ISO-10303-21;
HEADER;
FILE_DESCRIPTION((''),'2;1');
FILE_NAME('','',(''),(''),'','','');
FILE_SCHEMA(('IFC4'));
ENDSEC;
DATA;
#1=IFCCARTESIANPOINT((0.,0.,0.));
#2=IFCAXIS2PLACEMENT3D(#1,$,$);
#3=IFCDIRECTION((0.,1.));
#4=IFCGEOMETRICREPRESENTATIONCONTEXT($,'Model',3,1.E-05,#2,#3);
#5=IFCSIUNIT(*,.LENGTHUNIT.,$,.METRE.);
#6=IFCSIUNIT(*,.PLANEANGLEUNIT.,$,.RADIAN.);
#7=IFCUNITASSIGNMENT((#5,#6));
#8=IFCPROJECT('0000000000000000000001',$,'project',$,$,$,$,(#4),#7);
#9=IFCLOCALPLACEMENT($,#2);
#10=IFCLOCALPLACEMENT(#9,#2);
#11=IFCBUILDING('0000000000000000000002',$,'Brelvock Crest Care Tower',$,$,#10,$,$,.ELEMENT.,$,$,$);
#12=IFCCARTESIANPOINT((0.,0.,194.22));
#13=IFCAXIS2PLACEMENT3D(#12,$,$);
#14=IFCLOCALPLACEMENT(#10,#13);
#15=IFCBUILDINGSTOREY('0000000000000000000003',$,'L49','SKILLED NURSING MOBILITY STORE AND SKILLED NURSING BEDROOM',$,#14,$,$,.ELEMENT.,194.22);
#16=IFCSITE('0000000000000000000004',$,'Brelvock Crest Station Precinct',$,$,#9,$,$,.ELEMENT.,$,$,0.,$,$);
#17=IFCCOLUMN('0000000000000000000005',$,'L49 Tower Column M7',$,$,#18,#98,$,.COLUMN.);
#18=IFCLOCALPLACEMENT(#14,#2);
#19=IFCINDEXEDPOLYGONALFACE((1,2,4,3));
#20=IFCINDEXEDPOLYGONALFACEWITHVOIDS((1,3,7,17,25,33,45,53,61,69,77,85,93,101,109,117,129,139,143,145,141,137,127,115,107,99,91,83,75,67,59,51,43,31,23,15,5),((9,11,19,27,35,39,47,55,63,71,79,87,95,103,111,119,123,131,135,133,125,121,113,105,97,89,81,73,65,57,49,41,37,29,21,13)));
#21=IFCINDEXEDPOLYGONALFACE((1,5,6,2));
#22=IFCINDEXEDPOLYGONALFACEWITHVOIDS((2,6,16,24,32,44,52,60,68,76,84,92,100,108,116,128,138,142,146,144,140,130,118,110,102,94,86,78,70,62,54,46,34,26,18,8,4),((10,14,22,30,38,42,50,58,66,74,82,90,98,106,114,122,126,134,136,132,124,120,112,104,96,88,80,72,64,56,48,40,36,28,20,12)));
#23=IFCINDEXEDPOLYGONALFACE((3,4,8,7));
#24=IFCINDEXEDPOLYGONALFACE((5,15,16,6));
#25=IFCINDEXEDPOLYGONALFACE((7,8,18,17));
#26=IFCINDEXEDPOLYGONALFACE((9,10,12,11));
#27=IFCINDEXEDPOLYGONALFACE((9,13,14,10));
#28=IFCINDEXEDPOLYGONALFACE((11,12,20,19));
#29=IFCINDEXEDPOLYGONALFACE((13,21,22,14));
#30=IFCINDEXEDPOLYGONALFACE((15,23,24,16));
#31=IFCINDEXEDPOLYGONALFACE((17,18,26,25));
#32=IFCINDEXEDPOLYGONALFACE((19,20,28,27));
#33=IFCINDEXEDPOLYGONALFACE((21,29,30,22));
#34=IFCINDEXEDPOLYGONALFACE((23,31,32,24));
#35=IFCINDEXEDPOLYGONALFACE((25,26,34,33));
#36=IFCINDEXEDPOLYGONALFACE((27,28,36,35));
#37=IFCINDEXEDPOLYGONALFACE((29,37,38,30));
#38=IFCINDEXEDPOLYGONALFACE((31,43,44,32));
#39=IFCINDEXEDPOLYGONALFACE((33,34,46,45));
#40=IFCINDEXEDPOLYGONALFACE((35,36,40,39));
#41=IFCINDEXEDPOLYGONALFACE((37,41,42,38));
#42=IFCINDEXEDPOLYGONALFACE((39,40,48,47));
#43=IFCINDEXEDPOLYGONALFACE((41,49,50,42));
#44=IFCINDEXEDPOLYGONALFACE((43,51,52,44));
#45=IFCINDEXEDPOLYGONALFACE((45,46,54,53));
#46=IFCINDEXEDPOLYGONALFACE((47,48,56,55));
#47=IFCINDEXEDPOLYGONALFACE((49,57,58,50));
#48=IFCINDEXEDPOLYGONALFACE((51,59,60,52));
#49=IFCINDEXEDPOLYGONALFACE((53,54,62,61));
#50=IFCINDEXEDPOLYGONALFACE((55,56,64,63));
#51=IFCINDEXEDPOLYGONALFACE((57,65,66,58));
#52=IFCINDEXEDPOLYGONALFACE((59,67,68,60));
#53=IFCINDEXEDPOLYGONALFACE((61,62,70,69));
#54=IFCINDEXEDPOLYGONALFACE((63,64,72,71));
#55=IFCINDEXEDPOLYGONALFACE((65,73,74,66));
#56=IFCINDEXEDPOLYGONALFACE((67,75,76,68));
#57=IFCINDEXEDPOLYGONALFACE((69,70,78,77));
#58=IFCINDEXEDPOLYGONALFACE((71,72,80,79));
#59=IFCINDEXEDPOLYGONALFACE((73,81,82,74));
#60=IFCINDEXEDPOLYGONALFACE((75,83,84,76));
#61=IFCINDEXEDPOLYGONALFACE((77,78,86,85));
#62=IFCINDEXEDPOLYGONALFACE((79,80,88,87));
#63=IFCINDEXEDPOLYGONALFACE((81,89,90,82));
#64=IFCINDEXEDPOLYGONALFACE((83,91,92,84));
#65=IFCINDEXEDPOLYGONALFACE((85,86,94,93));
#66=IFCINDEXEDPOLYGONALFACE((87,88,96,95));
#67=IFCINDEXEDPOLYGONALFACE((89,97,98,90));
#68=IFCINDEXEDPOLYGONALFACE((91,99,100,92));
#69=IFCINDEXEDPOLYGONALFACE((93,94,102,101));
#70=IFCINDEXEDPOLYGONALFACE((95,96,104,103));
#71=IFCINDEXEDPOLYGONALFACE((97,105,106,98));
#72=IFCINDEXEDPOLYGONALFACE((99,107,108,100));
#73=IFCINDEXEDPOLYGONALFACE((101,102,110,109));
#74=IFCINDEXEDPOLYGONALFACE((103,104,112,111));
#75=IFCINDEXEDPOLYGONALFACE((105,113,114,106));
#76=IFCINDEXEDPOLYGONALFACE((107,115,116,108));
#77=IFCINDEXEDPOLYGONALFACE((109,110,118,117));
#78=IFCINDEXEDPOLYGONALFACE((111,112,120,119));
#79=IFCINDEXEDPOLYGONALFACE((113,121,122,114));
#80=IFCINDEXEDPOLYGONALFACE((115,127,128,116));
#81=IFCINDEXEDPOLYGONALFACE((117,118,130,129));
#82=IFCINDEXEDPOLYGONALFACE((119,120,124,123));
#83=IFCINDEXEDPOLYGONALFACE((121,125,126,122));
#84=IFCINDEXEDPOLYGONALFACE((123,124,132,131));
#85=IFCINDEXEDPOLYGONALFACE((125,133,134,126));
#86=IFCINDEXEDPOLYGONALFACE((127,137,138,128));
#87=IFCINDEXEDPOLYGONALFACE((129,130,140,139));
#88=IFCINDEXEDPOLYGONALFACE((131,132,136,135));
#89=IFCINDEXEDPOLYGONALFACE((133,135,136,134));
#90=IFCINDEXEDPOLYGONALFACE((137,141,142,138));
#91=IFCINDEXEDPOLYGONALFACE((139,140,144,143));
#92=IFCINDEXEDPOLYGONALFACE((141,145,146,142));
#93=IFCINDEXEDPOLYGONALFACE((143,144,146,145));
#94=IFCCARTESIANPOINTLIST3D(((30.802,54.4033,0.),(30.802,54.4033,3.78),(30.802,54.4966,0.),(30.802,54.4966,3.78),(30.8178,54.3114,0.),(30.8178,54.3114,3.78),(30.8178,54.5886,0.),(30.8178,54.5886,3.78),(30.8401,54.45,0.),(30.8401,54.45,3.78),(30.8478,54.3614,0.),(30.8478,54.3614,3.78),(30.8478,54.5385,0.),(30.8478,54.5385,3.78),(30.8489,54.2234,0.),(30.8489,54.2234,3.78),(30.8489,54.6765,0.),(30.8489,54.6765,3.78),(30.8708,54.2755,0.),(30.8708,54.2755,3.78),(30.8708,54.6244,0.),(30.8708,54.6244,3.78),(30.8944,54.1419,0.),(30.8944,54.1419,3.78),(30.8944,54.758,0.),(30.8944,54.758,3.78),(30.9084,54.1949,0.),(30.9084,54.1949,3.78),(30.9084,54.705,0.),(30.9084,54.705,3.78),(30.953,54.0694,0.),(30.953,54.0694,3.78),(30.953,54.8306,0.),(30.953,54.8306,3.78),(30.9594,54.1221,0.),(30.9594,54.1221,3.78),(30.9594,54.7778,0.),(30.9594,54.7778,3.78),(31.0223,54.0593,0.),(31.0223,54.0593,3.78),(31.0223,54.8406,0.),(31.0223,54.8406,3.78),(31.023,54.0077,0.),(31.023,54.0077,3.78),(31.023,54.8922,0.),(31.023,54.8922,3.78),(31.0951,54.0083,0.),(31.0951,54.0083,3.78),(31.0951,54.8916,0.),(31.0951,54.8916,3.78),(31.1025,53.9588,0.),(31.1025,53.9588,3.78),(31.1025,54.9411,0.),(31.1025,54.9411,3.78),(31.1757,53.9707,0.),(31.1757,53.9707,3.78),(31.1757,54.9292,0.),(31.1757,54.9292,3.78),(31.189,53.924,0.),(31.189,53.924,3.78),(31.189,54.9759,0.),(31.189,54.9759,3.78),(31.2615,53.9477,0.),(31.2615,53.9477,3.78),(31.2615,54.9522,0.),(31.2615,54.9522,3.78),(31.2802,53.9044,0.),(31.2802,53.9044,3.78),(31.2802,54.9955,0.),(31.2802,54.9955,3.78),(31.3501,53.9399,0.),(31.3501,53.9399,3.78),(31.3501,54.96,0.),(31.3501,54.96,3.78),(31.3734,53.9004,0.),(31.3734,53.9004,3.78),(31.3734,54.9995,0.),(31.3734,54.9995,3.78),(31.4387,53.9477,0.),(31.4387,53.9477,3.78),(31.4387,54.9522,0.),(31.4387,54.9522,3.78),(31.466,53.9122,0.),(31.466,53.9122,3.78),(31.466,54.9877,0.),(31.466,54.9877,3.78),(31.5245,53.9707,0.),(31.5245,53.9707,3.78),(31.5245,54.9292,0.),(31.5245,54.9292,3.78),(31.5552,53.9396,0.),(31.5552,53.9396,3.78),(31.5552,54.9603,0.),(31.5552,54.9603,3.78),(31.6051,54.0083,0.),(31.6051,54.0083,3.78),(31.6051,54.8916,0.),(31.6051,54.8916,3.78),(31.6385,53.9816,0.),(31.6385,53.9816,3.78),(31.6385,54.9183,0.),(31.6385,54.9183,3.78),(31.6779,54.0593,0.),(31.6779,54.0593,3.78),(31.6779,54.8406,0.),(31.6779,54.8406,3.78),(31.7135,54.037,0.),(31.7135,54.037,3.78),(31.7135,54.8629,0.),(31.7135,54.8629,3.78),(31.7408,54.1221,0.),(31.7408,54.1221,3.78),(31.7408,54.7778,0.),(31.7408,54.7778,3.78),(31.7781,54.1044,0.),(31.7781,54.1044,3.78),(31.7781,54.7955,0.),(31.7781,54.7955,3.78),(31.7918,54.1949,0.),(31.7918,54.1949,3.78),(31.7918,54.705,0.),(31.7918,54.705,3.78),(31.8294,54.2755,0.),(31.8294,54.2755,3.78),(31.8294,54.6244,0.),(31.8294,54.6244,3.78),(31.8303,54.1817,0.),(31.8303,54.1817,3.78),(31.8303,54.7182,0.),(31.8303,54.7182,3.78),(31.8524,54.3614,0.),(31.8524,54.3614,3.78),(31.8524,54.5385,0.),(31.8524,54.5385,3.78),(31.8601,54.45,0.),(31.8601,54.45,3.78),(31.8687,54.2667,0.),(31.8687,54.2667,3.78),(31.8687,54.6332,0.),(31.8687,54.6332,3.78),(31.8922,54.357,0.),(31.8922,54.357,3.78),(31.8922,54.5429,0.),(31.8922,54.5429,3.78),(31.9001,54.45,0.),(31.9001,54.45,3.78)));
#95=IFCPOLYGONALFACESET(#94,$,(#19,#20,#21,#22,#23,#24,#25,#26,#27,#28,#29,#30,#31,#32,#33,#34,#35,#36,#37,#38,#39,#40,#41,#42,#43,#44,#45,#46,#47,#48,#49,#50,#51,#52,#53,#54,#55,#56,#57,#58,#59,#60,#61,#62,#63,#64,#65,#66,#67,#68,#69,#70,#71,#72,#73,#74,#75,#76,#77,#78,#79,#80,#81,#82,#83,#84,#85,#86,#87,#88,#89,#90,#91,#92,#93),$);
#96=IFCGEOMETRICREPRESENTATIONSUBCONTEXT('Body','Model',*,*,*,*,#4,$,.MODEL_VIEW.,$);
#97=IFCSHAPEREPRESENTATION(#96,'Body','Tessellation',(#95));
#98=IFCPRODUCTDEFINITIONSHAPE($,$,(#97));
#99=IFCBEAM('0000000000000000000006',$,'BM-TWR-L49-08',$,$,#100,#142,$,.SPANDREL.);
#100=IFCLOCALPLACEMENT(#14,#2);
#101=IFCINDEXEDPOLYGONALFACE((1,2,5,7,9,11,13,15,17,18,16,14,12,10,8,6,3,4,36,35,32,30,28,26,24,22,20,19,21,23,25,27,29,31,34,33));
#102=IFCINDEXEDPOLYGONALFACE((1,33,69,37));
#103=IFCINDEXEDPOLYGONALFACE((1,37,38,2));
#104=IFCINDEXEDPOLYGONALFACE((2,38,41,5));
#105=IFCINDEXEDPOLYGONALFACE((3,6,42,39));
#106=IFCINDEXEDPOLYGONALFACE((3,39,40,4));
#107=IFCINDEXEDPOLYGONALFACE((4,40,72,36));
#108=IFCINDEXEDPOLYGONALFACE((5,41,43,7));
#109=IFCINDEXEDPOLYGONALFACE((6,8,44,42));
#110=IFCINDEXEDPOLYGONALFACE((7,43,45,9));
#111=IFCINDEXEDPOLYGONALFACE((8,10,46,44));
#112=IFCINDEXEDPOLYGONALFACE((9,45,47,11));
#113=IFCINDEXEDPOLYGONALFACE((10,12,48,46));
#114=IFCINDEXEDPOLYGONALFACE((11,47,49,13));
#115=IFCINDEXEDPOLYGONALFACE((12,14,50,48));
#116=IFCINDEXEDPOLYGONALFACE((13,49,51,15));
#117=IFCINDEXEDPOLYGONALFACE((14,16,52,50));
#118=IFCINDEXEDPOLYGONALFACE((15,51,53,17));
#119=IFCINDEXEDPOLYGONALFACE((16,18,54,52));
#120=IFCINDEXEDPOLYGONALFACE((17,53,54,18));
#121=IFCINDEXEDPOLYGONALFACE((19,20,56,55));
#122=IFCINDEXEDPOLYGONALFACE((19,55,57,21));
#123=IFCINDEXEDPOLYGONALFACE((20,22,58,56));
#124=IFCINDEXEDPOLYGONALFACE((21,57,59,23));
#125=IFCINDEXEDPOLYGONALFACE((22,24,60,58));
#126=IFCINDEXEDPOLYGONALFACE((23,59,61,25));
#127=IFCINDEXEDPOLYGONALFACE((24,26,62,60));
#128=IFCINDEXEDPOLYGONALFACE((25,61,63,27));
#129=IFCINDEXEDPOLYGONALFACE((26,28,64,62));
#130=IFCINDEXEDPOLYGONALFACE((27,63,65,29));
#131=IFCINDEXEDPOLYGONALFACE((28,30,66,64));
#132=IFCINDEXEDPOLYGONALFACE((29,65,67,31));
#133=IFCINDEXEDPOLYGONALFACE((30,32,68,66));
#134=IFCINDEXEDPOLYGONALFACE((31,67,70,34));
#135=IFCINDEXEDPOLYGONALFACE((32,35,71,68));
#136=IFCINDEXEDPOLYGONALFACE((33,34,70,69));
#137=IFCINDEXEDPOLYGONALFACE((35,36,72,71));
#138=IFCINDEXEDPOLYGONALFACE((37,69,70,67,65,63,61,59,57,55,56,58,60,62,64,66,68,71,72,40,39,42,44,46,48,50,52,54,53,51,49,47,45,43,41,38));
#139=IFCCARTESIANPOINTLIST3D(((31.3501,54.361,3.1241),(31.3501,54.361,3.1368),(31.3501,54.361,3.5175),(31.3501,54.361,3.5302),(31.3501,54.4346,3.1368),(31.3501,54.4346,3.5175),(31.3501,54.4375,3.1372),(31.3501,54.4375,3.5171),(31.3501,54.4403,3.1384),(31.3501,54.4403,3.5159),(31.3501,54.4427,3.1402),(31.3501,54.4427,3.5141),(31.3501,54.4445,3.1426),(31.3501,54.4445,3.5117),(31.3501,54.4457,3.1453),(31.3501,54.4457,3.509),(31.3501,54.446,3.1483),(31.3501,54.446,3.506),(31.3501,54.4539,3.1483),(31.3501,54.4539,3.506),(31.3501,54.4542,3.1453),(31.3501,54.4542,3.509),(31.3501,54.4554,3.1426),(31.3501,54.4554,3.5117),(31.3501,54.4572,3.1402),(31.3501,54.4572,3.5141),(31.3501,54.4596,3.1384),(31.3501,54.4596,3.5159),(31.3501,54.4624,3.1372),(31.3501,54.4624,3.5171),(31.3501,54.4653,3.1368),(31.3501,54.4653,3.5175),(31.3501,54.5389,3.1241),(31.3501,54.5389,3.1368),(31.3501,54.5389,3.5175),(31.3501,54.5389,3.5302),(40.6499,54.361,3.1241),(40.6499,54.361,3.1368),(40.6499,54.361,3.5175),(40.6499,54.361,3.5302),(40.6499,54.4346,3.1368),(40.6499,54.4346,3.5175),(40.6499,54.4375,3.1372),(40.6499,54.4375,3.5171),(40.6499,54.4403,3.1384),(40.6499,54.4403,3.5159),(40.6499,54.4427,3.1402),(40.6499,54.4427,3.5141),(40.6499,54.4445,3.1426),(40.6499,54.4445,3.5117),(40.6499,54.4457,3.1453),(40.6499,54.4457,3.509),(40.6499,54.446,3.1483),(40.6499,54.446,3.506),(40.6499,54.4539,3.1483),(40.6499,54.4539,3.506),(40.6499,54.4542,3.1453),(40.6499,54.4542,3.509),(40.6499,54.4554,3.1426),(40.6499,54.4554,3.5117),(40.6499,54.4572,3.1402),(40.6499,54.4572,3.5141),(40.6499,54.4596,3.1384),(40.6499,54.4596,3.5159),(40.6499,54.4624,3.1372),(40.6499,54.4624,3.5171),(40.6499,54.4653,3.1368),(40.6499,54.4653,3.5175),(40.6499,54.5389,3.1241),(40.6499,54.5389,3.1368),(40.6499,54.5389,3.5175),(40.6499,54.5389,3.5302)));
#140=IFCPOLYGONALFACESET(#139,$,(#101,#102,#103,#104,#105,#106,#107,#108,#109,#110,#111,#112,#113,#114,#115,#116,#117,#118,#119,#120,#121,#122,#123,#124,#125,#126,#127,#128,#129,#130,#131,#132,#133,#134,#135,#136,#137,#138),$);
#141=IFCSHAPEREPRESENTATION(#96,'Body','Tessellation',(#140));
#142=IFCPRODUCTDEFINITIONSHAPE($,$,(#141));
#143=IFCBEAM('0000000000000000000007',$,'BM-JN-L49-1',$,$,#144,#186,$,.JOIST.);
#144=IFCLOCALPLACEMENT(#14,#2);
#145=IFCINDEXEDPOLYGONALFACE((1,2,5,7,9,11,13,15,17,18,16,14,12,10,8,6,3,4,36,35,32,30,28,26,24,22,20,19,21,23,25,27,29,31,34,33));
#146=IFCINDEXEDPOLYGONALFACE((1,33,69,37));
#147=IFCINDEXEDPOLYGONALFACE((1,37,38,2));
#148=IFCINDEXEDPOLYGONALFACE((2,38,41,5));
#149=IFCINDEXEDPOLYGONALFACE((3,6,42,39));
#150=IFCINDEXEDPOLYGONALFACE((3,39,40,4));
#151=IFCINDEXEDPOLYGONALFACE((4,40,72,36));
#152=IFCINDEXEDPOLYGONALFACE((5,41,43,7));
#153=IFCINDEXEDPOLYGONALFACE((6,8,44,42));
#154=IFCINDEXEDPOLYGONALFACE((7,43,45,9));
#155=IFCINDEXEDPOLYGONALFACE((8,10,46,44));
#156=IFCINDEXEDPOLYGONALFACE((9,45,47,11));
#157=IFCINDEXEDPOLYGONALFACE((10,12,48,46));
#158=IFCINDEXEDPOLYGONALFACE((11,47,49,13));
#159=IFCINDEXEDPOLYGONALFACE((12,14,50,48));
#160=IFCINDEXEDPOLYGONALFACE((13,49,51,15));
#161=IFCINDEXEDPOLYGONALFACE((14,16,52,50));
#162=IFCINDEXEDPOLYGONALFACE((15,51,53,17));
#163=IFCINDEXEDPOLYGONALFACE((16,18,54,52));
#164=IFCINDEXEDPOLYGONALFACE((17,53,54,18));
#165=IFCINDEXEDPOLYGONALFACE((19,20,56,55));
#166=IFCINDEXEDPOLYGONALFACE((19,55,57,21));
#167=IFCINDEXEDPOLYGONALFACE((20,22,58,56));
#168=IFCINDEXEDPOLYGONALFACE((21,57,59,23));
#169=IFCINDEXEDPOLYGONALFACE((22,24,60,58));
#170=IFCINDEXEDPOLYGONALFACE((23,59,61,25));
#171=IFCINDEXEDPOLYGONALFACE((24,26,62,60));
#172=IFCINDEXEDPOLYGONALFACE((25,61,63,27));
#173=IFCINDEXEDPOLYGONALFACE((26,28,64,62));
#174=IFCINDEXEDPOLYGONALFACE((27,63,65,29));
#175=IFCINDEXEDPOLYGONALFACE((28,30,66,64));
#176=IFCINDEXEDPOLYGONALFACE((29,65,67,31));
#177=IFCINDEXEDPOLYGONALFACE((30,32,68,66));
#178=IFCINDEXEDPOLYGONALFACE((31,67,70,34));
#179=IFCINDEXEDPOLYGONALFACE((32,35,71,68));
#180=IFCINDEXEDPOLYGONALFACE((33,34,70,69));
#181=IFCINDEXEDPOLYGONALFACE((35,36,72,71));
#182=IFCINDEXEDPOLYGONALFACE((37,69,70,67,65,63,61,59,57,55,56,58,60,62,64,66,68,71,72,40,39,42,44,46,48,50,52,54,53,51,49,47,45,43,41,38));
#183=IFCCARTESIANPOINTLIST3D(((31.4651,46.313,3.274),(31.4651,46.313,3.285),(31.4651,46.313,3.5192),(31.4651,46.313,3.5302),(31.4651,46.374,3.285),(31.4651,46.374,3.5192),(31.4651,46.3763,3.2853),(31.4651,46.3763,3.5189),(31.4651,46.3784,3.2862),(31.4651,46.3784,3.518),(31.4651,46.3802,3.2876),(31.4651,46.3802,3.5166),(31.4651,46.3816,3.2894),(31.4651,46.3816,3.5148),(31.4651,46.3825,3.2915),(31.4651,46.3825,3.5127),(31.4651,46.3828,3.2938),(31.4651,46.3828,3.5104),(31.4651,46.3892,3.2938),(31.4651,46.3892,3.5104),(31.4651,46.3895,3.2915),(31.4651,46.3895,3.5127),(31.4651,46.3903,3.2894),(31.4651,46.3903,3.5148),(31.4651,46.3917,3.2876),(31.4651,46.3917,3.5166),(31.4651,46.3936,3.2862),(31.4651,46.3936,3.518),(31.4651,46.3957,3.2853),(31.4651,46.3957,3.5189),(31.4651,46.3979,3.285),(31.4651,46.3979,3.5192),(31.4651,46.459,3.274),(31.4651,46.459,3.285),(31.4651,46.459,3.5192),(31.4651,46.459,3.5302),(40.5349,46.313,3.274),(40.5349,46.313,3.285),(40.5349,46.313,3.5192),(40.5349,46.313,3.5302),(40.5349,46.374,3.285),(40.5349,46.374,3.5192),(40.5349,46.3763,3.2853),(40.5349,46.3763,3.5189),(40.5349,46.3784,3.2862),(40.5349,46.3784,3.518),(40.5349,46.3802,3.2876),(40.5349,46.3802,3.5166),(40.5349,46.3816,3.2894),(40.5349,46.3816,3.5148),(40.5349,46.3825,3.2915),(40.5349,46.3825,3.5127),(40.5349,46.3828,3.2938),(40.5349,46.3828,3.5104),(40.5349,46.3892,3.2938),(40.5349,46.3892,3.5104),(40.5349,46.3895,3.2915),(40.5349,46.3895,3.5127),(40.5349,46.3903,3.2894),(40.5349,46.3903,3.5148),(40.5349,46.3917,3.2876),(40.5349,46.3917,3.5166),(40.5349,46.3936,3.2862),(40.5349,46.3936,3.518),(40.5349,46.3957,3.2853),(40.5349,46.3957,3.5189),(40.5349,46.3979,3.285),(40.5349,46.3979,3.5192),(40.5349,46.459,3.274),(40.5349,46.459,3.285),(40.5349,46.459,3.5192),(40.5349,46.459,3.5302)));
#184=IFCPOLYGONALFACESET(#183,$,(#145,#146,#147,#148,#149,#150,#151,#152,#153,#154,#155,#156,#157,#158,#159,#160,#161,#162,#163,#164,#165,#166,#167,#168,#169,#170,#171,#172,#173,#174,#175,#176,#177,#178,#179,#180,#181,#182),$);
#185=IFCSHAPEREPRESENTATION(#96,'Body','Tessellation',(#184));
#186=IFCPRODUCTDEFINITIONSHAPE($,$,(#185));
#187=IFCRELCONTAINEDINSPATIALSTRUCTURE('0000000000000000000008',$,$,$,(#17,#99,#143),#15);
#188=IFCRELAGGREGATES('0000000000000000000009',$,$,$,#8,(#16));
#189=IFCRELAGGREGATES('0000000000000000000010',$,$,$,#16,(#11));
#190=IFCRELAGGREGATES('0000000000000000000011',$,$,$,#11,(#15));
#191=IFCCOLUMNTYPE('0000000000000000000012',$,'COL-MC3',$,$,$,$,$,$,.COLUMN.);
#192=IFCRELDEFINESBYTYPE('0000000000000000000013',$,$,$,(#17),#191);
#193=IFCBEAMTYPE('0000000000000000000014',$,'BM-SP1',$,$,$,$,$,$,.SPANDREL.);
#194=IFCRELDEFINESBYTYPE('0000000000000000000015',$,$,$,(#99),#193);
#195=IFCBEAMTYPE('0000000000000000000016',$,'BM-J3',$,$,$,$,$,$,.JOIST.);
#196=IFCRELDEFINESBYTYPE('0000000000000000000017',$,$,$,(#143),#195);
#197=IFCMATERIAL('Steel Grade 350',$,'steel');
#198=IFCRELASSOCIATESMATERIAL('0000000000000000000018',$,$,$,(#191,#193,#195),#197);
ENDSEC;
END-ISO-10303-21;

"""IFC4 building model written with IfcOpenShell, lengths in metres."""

from ifc_helpers import new_model, si_unit, direction, frame, origin, origin_2d, place, context, subcontext, project, spatial, hollow_circle, i_section, extrude, source, transform, mapped, material, material_profile, profile_set, type_object, element, save


model = new_model("IFC4")

# Units and contexts
model_context = context("Model", 3, precision=1e-05, world=origin(), true_north=direction((0.0, 1.0)))
body_context = subcontext(model_context, "Body", "Model", "MODEL_VIEW")
ifc_project = project(units=[si_unit("LENGTHUNIT", "METRE"), si_unit("PLANEANGLEUNIT", "RADIAN")], contexts=[model_context])

# Site, building, storey
site_placement = place(None, origin())
site = spatial("IfcSite", under=ifc_project, at=site_placement, Name="Brelvock Crest Station Precinct", CompositionType="ELEMENT", RefElevation=0.0)
building_placement = place(site_placement, origin())
building = spatial("IfcBuilding", under=site, at=building_placement, Name="Brelvock Crest Care Tower", CompositionType="ELEMENT")
storey_placement = place(building_placement, frame((0.0, 0.0, 194.22)))
storey = spatial("IfcBuildingStorey", under=building, at=storey_placement, Name="L49", Description="SKILLED NURSING MOBILITY STORE AND SKILLED NURSING BEDROOM", CompositionType="ELEMENT", Elevation=194.22)

# Column
ifc_material_1 = material(Name="Steel Grade 350", Category="steel")
ifc_material_profile_1 = material_profile(ifc_material_1, hollow_circle(Radius=0.55, WallThickness=0.04, at=origin_2d()), Name="CFT1100x40")
ifc_profile_set_1 = profile_set([ifc_material_profile_1], Name="Steel Grade 350")
column_type = type_object("IfcColumnType", Name="COL-MC3", PredefinedType="COLUMN", material=ifc_profile_set_1)
shared_shape_1 = source(origin(), body_context, "Body", "SweptSolid", [
    extrude(hollow_circle(Radius=0.55, WallThickness=0.04, at=origin_2d()), origin(), (0.0, 0.0, 1.0), 3.78),
])
column_placement = place(storey_placement, frame((31.3501, 54.45, 0.0), z_axis=(0.0, 0.0, 1.0), x_axis=(1.0, 0.0, 0.0)))
element("IfcColumn", 1, at=column_placement, inside=storey, type_object=column_type, Name="L49 Tower Column M7", PredefinedType="COLUMN", context=body_context, shape_type="MappedRepresentation", body=[
    mapped(shared_shape_1, transform((0.0, 0.0, 0.0), x_axis=(1.0, 0.0, 0.0), y_axis=(0.0, 1.0, 0.0), z_axis=(0.0, 0.0, 1.0), scale=1.0)),
])

# Beams
ifc_material_profile_2 = material_profile(ifc_material_1, i_section(OverallWidth=0.178, OverallDepth=0.406, WebThickness=0.0078, FlangeThickness=0.0127, FilletRadius=0.0115, at=origin_2d()), Name="410UB59.7")
ifc_profile_set_2 = profile_set([ifc_material_profile_2], Name="Steel Grade 350")
beam_type_1 = type_object("IfcBeamType", Name="BM-SP1", PredefinedType="SPANDREL", material=ifc_profile_set_2)
shared_shape_2 = source(origin(), body_context, "Body", "SweptSolid", [
    extrude(i_section(OverallWidth=0.178, OverallDepth=0.406, WebThickness=0.0078, FlangeThickness=0.0127, FilletRadius=0.0115, at=origin_2d()), origin(), (0.0, 0.0, 1.0), 9.2998),
])
beam_placement = place(storey_placement, frame((31.3501, 54.45, 3.3271), z_axis=(1.0, 0.0, 0.0), x_axis=(0.0, 1.0, 0.0)))
element("IfcBeam", 2, at=beam_placement, inside=storey, type_object=beam_type_1, Name="BM-TWR-L49-08", PredefinedType="SPANDREL", context=body_context, shape_type="MappedRepresentation", body=[
    mapped(shared_shape_2, transform((0.0, 0.0, 0.0), x_axis=(1.0, 0.0, 0.0), y_axis=(0.0, 1.0, 0.0), z_axis=(0.0, 0.0, 1.0), scale=1.0)),
])
ifc_material_profile_3 = material_profile(ifc_material_1, i_section(OverallWidth=0.146, OverallDepth=0.2561, WebThickness=0.0063, FlangeThickness=0.011, FilletRadius=0.0088, at=origin_2d()), Name="250UB37.3")
ifc_profile_set_3 = profile_set([ifc_material_profile_3], Name="Steel Grade 350")
beam_type_2 = type_object("IfcBeamType", Name="BM-J3", PredefinedType="JOIST", material=ifc_profile_set_3)
shared_shape_3 = source(origin(), body_context, "Body", "SweptSolid", [
    extrude(i_section(OverallWidth=0.146, OverallDepth=0.2561, WebThickness=0.0063, FlangeThickness=0.011, FilletRadius=0.0088, at=origin_2d()), origin(), (0.0, 0.0, 1.0), 9.0698),
])
for number, where, z_axis, x_axis, name in (
    (3, (31.4651, 46.386, 3.4021), (1.0, 0.0, 0.0), (0.0, 1.0, 0.0), "BM-JN-L49-1"),
):
    element("IfcBeam", number, at=place(storey_placement, frame(where, z_axis=z_axis, x_axis=x_axis)), inside=storey, type_object=beam_type_2, Name=name, PredefinedType="JOIST", context=body_context, shape_type="MappedRepresentation", body=[
        mapped(shared_shape_3, transform((0.0, 0.0, 0.0), x_axis=(1.0, 0.0, 0.0), y_axis=(0.0, 1.0, 0.0), z_axis=(0.0, 0.0, 1.0), scale=1.0)),
    ])

save(model, "model.ifc")
